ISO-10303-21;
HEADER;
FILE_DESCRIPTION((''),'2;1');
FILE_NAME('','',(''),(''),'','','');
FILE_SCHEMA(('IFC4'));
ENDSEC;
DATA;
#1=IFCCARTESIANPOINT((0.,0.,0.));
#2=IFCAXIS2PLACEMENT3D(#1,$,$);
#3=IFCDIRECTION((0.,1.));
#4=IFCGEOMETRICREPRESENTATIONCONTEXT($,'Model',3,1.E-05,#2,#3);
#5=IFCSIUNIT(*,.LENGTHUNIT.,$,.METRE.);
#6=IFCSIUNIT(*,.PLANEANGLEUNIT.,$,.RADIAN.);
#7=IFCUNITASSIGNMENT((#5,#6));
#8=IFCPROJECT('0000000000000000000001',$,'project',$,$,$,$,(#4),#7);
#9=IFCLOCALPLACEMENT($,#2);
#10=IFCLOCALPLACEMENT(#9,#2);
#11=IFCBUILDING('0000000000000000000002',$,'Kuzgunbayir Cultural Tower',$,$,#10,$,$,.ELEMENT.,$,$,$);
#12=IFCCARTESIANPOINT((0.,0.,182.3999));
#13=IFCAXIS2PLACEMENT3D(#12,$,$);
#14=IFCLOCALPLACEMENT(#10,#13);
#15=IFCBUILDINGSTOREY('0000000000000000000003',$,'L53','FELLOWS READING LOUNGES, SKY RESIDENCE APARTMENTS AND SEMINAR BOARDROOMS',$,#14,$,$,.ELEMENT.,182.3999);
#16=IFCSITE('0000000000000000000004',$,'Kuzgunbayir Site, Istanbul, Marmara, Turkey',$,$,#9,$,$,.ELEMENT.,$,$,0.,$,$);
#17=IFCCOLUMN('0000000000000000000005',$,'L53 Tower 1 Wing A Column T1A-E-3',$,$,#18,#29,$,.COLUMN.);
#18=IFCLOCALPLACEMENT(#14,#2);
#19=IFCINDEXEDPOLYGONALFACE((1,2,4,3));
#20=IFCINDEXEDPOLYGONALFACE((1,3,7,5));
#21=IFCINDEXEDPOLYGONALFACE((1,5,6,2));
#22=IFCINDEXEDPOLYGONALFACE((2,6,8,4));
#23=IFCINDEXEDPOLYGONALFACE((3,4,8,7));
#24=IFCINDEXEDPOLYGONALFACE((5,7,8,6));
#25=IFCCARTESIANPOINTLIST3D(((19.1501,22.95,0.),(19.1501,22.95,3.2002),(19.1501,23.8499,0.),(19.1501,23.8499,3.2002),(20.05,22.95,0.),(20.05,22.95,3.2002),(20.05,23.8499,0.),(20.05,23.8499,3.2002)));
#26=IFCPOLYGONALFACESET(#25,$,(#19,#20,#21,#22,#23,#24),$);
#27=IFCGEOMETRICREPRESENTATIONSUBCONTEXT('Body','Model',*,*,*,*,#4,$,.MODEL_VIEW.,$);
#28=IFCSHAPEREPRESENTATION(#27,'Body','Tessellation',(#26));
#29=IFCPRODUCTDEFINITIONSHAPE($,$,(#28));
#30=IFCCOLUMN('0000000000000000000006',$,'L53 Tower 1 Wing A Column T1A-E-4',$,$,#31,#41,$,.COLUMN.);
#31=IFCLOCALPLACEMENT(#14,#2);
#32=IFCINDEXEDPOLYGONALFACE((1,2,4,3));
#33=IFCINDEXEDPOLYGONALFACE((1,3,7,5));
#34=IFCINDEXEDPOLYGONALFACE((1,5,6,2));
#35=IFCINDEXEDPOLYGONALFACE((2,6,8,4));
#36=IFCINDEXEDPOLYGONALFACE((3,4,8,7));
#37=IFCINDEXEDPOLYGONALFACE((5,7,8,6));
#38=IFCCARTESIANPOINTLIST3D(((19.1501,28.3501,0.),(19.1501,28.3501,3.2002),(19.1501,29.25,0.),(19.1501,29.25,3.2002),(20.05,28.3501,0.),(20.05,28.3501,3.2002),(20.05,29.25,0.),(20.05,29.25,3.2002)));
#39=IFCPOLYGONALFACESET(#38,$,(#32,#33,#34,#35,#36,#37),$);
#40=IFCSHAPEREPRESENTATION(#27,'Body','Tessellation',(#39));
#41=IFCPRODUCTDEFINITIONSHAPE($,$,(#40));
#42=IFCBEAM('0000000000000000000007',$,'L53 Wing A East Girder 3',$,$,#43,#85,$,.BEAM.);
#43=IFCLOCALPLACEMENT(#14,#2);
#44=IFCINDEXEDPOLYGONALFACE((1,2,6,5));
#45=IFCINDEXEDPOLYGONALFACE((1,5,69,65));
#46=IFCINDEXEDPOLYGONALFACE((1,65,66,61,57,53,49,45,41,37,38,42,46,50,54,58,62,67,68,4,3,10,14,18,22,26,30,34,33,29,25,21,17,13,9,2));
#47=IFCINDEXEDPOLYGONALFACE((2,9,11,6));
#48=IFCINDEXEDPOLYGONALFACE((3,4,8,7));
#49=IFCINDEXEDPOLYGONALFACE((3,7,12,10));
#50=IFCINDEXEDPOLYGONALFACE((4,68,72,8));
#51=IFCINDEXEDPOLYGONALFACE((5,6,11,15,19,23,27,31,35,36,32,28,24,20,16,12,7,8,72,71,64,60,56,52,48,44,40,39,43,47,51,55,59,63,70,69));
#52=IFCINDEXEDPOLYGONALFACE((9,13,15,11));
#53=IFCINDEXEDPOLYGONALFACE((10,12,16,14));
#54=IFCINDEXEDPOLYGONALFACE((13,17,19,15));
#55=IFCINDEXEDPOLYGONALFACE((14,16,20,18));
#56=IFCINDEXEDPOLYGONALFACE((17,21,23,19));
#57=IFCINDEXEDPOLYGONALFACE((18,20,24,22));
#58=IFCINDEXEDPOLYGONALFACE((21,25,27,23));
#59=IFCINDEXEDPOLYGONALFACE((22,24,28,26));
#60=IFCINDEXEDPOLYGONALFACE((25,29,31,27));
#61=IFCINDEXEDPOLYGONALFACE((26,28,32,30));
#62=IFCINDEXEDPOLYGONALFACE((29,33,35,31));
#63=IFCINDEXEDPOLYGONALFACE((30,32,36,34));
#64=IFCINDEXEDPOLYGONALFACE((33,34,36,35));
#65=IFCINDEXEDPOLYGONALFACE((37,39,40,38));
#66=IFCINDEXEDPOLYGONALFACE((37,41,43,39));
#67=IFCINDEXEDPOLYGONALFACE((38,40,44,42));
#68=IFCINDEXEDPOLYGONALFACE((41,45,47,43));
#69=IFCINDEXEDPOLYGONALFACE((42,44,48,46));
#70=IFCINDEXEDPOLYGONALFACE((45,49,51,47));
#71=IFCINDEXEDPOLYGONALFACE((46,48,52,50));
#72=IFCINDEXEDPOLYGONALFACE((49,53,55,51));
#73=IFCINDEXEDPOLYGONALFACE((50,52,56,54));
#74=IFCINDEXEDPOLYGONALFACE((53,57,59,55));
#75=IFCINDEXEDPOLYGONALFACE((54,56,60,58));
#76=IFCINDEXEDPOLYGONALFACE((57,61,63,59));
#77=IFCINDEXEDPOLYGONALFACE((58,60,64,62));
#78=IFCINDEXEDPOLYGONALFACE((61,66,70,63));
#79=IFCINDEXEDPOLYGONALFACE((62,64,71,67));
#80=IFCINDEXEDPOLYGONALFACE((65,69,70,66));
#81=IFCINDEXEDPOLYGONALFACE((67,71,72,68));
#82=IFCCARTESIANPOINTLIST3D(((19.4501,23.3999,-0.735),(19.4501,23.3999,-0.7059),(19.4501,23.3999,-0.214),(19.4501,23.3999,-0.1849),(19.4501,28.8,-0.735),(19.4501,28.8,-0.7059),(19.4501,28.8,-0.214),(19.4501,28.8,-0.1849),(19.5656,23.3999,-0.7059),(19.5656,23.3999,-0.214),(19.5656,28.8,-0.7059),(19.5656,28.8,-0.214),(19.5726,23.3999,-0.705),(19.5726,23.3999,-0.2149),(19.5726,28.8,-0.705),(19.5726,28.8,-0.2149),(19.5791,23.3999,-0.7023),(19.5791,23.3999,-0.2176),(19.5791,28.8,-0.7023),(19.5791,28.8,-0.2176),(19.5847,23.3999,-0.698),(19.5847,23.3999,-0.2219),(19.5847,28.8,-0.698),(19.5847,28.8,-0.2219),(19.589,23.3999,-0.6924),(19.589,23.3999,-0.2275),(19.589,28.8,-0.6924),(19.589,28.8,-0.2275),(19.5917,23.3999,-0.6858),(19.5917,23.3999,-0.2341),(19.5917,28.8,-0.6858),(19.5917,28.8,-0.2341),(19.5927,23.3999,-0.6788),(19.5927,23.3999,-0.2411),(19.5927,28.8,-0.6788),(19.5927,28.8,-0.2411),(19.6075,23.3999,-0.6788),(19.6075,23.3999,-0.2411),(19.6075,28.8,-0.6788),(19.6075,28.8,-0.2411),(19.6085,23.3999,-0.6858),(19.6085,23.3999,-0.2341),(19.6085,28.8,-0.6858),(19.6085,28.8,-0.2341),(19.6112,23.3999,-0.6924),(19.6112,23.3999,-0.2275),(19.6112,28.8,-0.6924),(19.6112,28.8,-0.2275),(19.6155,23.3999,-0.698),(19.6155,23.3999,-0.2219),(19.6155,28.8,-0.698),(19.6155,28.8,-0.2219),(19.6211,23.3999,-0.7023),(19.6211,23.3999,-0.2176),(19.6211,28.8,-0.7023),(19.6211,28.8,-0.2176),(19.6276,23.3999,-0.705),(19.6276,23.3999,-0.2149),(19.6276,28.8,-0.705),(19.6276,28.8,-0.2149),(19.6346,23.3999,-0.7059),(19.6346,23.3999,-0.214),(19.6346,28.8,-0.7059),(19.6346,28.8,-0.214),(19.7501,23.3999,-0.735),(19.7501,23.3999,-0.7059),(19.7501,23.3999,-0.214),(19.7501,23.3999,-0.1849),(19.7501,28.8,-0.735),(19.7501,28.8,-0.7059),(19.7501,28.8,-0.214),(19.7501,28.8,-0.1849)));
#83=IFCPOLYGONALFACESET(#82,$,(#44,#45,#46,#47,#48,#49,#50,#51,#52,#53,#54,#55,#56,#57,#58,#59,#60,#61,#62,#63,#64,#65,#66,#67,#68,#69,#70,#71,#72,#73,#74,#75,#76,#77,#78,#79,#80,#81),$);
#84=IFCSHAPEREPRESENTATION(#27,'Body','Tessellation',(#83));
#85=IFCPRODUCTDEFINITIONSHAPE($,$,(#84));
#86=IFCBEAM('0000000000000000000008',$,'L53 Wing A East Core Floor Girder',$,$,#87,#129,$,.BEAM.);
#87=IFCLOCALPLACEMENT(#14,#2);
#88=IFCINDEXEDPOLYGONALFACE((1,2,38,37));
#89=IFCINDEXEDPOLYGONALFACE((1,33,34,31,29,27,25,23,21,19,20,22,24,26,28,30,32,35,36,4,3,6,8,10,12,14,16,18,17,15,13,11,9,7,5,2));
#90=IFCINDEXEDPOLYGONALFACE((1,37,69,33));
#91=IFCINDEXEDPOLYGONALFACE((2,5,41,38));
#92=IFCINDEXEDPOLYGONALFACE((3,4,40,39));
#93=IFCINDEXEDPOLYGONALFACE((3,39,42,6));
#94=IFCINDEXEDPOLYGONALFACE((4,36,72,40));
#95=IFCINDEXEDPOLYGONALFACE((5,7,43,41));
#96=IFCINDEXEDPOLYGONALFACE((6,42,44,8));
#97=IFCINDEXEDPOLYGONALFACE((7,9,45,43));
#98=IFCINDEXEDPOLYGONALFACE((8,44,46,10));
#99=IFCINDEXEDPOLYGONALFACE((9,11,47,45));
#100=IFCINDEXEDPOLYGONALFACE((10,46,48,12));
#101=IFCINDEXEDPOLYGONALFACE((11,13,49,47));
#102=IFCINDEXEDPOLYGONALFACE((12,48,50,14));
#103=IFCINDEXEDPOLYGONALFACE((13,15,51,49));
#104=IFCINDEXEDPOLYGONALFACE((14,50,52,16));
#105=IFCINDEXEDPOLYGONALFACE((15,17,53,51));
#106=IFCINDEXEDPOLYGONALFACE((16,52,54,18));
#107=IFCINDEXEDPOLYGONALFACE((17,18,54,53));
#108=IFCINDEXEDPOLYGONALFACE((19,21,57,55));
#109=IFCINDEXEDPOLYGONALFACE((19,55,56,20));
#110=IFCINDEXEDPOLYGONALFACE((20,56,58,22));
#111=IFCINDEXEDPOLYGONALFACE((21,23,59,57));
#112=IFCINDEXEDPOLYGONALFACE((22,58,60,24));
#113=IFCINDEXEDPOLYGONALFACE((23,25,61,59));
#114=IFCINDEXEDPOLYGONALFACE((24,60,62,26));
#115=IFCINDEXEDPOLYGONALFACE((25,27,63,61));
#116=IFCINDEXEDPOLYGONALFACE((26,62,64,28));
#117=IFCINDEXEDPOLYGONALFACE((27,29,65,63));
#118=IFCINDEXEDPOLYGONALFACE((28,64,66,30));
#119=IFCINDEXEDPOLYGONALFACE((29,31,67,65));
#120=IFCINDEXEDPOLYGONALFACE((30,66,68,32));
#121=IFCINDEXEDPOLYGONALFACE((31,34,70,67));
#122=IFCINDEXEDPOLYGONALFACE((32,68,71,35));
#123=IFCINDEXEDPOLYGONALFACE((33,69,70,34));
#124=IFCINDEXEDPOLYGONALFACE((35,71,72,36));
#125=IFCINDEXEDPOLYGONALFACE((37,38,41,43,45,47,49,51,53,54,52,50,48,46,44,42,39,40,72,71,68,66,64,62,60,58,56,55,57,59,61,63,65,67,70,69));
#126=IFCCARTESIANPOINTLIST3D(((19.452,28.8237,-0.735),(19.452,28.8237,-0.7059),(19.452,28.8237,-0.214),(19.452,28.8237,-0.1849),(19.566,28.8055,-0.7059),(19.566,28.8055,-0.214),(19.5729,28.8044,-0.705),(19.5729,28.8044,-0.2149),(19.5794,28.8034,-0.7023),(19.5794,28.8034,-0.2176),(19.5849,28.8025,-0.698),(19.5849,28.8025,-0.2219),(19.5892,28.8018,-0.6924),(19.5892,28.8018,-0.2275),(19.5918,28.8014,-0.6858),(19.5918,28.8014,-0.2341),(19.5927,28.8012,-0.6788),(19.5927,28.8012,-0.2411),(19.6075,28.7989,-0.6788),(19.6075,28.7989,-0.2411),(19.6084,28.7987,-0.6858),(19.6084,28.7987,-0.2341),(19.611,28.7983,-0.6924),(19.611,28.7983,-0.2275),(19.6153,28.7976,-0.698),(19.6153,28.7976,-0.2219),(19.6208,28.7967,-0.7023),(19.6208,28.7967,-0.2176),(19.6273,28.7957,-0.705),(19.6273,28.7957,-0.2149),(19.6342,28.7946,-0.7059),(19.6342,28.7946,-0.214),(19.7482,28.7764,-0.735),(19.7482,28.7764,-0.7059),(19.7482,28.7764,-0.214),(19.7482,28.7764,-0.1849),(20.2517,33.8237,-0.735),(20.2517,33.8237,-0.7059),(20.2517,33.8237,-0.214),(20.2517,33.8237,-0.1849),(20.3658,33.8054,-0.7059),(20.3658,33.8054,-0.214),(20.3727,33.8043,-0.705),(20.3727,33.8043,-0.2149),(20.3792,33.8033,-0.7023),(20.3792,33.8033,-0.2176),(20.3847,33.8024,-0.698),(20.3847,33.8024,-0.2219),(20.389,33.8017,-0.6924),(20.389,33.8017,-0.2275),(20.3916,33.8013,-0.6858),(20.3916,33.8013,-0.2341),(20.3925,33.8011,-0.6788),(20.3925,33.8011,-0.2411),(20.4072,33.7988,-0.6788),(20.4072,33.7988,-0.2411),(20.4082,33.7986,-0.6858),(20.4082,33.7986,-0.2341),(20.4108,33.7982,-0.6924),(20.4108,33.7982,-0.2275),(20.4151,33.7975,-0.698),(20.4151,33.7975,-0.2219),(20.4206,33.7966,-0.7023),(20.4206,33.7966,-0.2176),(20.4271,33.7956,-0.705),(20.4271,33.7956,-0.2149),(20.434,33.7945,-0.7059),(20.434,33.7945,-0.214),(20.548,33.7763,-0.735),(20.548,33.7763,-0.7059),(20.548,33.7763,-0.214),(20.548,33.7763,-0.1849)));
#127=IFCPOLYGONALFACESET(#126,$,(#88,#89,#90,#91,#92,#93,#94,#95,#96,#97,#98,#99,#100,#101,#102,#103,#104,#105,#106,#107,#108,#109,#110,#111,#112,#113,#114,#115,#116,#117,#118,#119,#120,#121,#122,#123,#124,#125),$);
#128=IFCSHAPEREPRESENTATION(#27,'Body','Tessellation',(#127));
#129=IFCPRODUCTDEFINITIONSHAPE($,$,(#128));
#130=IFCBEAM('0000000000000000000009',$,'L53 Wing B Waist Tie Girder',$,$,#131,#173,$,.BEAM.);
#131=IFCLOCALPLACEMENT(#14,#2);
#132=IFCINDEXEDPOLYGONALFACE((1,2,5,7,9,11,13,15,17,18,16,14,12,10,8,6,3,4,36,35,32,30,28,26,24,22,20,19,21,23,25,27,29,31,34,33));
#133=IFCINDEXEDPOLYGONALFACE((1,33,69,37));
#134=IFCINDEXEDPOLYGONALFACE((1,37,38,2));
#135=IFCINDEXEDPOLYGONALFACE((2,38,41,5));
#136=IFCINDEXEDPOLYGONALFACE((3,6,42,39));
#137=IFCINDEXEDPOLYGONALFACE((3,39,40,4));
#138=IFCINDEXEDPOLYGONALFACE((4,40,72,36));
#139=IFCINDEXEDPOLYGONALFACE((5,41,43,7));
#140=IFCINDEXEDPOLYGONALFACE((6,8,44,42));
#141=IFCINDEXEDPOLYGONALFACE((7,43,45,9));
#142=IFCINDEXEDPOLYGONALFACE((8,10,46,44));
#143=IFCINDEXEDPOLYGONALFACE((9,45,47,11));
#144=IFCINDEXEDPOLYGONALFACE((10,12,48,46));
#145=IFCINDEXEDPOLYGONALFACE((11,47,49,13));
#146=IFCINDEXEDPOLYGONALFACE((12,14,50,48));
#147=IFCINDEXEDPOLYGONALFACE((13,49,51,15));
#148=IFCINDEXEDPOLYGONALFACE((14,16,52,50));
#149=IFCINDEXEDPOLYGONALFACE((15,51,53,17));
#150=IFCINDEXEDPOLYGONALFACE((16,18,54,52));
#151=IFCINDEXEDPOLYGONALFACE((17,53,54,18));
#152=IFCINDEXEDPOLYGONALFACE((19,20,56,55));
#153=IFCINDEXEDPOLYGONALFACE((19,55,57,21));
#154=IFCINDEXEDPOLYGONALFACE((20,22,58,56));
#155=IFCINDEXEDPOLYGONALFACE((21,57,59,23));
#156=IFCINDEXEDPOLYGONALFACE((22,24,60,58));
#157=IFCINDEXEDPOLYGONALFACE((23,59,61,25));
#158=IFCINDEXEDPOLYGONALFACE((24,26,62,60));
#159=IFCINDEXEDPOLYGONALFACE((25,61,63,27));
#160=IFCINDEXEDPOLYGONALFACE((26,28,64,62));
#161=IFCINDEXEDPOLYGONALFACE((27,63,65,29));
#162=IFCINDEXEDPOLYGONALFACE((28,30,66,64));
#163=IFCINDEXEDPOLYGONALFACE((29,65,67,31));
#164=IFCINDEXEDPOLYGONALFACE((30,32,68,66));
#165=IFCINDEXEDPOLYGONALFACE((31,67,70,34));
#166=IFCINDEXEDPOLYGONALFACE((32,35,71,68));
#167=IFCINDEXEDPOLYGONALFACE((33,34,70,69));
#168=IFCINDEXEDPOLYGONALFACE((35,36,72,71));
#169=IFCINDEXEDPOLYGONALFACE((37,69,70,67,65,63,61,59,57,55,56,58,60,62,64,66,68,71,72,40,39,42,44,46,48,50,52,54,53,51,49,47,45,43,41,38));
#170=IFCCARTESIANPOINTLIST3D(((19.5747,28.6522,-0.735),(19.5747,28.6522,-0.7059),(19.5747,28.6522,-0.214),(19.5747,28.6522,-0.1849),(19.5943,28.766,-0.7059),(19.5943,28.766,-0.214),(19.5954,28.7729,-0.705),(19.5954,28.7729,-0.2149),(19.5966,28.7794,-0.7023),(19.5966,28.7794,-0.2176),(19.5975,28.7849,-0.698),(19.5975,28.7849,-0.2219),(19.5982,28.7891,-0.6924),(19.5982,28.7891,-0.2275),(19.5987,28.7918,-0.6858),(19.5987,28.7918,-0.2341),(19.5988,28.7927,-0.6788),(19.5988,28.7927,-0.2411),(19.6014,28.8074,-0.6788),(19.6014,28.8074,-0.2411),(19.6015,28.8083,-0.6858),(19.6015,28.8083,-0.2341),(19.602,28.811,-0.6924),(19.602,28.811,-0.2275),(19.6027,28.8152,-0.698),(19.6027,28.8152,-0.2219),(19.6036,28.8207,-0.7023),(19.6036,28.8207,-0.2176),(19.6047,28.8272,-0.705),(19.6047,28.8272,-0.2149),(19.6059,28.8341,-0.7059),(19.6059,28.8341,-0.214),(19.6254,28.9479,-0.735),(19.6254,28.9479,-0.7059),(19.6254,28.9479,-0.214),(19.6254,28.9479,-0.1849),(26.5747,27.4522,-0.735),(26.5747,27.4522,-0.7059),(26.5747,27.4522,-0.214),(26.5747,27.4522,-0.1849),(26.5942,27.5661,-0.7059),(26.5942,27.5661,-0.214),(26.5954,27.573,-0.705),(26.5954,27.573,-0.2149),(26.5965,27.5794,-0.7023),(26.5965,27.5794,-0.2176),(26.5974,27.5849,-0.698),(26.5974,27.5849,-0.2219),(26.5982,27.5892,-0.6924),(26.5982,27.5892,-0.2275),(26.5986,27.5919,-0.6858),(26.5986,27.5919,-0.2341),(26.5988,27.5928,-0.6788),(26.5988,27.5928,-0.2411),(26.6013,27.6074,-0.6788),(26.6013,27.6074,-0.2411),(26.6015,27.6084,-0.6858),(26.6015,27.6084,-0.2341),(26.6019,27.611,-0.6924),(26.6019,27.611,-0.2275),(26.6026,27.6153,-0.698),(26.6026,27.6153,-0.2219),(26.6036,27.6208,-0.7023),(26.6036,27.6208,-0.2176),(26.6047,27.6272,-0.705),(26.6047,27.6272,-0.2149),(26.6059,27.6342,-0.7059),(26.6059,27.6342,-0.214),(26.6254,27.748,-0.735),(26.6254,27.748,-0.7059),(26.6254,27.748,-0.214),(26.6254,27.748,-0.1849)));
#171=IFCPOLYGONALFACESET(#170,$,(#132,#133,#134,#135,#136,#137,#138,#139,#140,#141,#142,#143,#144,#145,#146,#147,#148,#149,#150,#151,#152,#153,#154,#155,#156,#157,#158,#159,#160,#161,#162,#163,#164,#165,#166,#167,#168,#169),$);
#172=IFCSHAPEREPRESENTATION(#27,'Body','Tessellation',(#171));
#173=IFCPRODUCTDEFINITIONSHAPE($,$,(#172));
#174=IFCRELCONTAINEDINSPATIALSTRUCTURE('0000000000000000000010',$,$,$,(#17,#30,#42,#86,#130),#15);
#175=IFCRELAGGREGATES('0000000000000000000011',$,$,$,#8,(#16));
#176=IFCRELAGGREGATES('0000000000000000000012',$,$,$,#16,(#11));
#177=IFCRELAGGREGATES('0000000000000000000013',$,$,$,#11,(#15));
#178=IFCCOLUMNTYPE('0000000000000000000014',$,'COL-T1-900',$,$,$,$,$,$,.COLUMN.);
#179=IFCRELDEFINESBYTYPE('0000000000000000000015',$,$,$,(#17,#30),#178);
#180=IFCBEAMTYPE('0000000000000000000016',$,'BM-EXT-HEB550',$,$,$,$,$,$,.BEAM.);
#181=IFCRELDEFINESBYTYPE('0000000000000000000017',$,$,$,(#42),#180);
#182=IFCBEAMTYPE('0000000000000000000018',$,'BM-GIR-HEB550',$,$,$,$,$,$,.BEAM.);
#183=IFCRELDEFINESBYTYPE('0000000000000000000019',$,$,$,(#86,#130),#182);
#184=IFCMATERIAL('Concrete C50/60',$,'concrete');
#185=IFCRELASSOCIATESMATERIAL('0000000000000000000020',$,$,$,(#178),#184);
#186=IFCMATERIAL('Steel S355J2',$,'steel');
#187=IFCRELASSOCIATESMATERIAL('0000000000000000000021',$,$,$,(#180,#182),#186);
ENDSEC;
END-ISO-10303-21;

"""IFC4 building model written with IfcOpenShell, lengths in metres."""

from ifc_helpers import new_model, si_unit, direction, frame, origin, origin_2d, place, context, subcontext, project, spatial, rectangle, i_section, extrude, material, material_profile, profile_set, type_object, element, save


model = new_model("IFC4")

# Units and contexts
model_context = context("Model", 3, precision=1e-05, world=origin(), true_north=direction((0.0, 1.0)))
body_context = subcontext(model_context, "Body", "Model", "MODEL_VIEW")
ifc_project = project(units=[si_unit("LENGTHUNIT", "METRE"), si_unit("PLANEANGLEUNIT", "RADIAN")], contexts=[model_context])

# Site, building, storey
site_placement = place(None, origin())
site = spatial("IfcSite", under=ifc_project, at=site_placement, Name="Kuzgunbayir Site, Istanbul, Marmara, Turkey", CompositionType="ELEMENT", RefElevation=0.0)
building_placement = place(site_placement, origin())
building = spatial("IfcBuilding", under=site, at=building_placement, Name="Kuzgunbayir Cultural Tower", CompositionType="ELEMENT")
storey_placement = place(building_placement, frame((0.0, 0.0, 182.3999)))
storey = spatial("IfcBuildingStorey", under=building, at=storey_placement, Name="L53", Description="FELLOWS READING LOUNGES, SKY RESIDENCE APARTMENTS AND SEMINAR BOARDROOMS", CompositionType="ELEMENT", Elevation=182.3999)

# Columns
ifc_material_1 = material(Name="Concrete C50/60", Category="concrete")
ifc_material_profile_1 = material_profile(ifc_material_1, rectangle(XDim=0.8999, YDim=0.8999, at=origin_2d()), Name="RC 900x900")
ifc_profile_set_1 = profile_set([ifc_material_profile_1], Name="Concrete C50/60")
column_type = type_object("IfcColumnType", Name="COL-T1-900", PredefinedType="COLUMN", material=ifc_profile_set_1)
for number, where, z_axis, x_axis, name in (
    (1, (19.6001, 23.3999, 0.0), (0.0, 0.0, 1.0), (1.0, 0.0, 0.0), "L53 Tower 1 Wing A Column T1A-E-3"),
    (2, (19.6001, 28.8, 0.0), (0.0, 0.0, 1.0), (1.0, 0.0, 0.0), "L53 Tower 1 Wing A Column T1A-E-4"),
):
    element("IfcColumn", number, at=place(storey_placement, frame(where, z_axis=z_axis, x_axis=x_axis)), inside=storey, type_object=column_type, Name=name, PredefinedType="COLUMN", context=body_context, shape_type="SweptSolid", body=[
        extrude(rectangle(XDim=0.8999, YDim=0.8999, at=origin_2d()), origin(), (0.0, 0.0, 1.0), 3.2002),
    ])

# Beams
ifc_material_2 = material(Name="Steel S355J2", Category="steel")
ifc_material_profile_2 = material_profile(ifc_material_2, i_section(OverallWidth=0.3, OverallDepth=0.55, WebThickness=0.0149, FlangeThickness=0.0291, FilletRadius=0.0271, at=origin_2d()), Name="HEB 550")
ifc_profile_set_2 = profile_set([ifc_material_profile_2], Name="Steel S355J2")
beam_type_1 = type_object("IfcBeamType", Name="BM-EXT-HEB550", PredefinedType="BEAM", material=ifc_profile_set_2)
beam_1_placement = place(storey_placement, frame((19.6001, 23.3999, -0.46), z_axis=(0.0, 1.0, 0.0), x_axis=(-1.0, 0.0, 0.0)))
element("IfcBeam", 3, at=beam_1_placement, inside=storey, type_object=beam_type_1, Name="L53 Wing A East Girder 3", PredefinedType="BEAM", context=body_context, shape_type="SweptSolid", body=[
    extrude(i_section(OverallWidth=0.3, OverallDepth=0.55, WebThickness=0.0149, FlangeThickness=0.0291, FilletRadius=0.0271, at=origin_2d()), origin(), (0.0, 0.0, 1.0), 5.4001),
])
ifc_material_profile_3 = material_profile(ifc_material_2, i_section(OverallWidth=0.3, OverallDepth=0.55, WebThickness=0.0149, FlangeThickness=0.0291, FilletRadius=0.0271, at=origin_2d()), Name="HEB 550")
ifc_profile_set_3 = profile_set([ifc_material_profile_3], Name="Steel S355J2")
beam_type_2 = type_object("IfcBeamType", Name="BM-GIR-HEB550", PredefinedType="BEAM", material=ifc_profile_set_3)
beam_2_placement = place(storey_placement, frame((19.6001, 28.8, -0.46), z_axis=(0.157953, 0.987447, 0.0), x_axis=(-0.987447, 0.157953, 0.0)))
element("IfcBeam", 4, at=beam_2_placement, inside=storey, type_object=beam_type_2, Name="L53 Wing A East Core Floor Girder", PredefinedType="BEAM", context=body_context, shape_type="SweptSolid", body=[
    extrude(i_section(OverallWidth=0.3, OverallDepth=0.55, WebThickness=0.0149, FlangeThickness=0.0291, FilletRadius=0.0271, at=origin_2d()), origin(), (0.0, 0.0, 1.0), 5.0635),
])
beam_3_placement = place(storey_placement, frame((19.6001, 28.8, -0.46), z_axis=(0.985623, -0.168957, 0.0), x_axis=(0.168957, 0.985623, 0.0)))
element("IfcBeam", 5, at=beam_3_placement, inside=storey, type_object=beam_type_2, Name="L53 Wing B Waist Tie Girder", PredefinedType="BEAM", context=body_context, shape_type="SweptSolid", body=[
    extrude(i_section(OverallWidth=0.3, OverallDepth=0.55, WebThickness=0.0149, FlangeThickness=0.0291, FilletRadius=0.0271, at=origin_2d()), origin(), (0.0, 0.0, 1.0), 7.1021),
])

save(model, "model.ifc")
